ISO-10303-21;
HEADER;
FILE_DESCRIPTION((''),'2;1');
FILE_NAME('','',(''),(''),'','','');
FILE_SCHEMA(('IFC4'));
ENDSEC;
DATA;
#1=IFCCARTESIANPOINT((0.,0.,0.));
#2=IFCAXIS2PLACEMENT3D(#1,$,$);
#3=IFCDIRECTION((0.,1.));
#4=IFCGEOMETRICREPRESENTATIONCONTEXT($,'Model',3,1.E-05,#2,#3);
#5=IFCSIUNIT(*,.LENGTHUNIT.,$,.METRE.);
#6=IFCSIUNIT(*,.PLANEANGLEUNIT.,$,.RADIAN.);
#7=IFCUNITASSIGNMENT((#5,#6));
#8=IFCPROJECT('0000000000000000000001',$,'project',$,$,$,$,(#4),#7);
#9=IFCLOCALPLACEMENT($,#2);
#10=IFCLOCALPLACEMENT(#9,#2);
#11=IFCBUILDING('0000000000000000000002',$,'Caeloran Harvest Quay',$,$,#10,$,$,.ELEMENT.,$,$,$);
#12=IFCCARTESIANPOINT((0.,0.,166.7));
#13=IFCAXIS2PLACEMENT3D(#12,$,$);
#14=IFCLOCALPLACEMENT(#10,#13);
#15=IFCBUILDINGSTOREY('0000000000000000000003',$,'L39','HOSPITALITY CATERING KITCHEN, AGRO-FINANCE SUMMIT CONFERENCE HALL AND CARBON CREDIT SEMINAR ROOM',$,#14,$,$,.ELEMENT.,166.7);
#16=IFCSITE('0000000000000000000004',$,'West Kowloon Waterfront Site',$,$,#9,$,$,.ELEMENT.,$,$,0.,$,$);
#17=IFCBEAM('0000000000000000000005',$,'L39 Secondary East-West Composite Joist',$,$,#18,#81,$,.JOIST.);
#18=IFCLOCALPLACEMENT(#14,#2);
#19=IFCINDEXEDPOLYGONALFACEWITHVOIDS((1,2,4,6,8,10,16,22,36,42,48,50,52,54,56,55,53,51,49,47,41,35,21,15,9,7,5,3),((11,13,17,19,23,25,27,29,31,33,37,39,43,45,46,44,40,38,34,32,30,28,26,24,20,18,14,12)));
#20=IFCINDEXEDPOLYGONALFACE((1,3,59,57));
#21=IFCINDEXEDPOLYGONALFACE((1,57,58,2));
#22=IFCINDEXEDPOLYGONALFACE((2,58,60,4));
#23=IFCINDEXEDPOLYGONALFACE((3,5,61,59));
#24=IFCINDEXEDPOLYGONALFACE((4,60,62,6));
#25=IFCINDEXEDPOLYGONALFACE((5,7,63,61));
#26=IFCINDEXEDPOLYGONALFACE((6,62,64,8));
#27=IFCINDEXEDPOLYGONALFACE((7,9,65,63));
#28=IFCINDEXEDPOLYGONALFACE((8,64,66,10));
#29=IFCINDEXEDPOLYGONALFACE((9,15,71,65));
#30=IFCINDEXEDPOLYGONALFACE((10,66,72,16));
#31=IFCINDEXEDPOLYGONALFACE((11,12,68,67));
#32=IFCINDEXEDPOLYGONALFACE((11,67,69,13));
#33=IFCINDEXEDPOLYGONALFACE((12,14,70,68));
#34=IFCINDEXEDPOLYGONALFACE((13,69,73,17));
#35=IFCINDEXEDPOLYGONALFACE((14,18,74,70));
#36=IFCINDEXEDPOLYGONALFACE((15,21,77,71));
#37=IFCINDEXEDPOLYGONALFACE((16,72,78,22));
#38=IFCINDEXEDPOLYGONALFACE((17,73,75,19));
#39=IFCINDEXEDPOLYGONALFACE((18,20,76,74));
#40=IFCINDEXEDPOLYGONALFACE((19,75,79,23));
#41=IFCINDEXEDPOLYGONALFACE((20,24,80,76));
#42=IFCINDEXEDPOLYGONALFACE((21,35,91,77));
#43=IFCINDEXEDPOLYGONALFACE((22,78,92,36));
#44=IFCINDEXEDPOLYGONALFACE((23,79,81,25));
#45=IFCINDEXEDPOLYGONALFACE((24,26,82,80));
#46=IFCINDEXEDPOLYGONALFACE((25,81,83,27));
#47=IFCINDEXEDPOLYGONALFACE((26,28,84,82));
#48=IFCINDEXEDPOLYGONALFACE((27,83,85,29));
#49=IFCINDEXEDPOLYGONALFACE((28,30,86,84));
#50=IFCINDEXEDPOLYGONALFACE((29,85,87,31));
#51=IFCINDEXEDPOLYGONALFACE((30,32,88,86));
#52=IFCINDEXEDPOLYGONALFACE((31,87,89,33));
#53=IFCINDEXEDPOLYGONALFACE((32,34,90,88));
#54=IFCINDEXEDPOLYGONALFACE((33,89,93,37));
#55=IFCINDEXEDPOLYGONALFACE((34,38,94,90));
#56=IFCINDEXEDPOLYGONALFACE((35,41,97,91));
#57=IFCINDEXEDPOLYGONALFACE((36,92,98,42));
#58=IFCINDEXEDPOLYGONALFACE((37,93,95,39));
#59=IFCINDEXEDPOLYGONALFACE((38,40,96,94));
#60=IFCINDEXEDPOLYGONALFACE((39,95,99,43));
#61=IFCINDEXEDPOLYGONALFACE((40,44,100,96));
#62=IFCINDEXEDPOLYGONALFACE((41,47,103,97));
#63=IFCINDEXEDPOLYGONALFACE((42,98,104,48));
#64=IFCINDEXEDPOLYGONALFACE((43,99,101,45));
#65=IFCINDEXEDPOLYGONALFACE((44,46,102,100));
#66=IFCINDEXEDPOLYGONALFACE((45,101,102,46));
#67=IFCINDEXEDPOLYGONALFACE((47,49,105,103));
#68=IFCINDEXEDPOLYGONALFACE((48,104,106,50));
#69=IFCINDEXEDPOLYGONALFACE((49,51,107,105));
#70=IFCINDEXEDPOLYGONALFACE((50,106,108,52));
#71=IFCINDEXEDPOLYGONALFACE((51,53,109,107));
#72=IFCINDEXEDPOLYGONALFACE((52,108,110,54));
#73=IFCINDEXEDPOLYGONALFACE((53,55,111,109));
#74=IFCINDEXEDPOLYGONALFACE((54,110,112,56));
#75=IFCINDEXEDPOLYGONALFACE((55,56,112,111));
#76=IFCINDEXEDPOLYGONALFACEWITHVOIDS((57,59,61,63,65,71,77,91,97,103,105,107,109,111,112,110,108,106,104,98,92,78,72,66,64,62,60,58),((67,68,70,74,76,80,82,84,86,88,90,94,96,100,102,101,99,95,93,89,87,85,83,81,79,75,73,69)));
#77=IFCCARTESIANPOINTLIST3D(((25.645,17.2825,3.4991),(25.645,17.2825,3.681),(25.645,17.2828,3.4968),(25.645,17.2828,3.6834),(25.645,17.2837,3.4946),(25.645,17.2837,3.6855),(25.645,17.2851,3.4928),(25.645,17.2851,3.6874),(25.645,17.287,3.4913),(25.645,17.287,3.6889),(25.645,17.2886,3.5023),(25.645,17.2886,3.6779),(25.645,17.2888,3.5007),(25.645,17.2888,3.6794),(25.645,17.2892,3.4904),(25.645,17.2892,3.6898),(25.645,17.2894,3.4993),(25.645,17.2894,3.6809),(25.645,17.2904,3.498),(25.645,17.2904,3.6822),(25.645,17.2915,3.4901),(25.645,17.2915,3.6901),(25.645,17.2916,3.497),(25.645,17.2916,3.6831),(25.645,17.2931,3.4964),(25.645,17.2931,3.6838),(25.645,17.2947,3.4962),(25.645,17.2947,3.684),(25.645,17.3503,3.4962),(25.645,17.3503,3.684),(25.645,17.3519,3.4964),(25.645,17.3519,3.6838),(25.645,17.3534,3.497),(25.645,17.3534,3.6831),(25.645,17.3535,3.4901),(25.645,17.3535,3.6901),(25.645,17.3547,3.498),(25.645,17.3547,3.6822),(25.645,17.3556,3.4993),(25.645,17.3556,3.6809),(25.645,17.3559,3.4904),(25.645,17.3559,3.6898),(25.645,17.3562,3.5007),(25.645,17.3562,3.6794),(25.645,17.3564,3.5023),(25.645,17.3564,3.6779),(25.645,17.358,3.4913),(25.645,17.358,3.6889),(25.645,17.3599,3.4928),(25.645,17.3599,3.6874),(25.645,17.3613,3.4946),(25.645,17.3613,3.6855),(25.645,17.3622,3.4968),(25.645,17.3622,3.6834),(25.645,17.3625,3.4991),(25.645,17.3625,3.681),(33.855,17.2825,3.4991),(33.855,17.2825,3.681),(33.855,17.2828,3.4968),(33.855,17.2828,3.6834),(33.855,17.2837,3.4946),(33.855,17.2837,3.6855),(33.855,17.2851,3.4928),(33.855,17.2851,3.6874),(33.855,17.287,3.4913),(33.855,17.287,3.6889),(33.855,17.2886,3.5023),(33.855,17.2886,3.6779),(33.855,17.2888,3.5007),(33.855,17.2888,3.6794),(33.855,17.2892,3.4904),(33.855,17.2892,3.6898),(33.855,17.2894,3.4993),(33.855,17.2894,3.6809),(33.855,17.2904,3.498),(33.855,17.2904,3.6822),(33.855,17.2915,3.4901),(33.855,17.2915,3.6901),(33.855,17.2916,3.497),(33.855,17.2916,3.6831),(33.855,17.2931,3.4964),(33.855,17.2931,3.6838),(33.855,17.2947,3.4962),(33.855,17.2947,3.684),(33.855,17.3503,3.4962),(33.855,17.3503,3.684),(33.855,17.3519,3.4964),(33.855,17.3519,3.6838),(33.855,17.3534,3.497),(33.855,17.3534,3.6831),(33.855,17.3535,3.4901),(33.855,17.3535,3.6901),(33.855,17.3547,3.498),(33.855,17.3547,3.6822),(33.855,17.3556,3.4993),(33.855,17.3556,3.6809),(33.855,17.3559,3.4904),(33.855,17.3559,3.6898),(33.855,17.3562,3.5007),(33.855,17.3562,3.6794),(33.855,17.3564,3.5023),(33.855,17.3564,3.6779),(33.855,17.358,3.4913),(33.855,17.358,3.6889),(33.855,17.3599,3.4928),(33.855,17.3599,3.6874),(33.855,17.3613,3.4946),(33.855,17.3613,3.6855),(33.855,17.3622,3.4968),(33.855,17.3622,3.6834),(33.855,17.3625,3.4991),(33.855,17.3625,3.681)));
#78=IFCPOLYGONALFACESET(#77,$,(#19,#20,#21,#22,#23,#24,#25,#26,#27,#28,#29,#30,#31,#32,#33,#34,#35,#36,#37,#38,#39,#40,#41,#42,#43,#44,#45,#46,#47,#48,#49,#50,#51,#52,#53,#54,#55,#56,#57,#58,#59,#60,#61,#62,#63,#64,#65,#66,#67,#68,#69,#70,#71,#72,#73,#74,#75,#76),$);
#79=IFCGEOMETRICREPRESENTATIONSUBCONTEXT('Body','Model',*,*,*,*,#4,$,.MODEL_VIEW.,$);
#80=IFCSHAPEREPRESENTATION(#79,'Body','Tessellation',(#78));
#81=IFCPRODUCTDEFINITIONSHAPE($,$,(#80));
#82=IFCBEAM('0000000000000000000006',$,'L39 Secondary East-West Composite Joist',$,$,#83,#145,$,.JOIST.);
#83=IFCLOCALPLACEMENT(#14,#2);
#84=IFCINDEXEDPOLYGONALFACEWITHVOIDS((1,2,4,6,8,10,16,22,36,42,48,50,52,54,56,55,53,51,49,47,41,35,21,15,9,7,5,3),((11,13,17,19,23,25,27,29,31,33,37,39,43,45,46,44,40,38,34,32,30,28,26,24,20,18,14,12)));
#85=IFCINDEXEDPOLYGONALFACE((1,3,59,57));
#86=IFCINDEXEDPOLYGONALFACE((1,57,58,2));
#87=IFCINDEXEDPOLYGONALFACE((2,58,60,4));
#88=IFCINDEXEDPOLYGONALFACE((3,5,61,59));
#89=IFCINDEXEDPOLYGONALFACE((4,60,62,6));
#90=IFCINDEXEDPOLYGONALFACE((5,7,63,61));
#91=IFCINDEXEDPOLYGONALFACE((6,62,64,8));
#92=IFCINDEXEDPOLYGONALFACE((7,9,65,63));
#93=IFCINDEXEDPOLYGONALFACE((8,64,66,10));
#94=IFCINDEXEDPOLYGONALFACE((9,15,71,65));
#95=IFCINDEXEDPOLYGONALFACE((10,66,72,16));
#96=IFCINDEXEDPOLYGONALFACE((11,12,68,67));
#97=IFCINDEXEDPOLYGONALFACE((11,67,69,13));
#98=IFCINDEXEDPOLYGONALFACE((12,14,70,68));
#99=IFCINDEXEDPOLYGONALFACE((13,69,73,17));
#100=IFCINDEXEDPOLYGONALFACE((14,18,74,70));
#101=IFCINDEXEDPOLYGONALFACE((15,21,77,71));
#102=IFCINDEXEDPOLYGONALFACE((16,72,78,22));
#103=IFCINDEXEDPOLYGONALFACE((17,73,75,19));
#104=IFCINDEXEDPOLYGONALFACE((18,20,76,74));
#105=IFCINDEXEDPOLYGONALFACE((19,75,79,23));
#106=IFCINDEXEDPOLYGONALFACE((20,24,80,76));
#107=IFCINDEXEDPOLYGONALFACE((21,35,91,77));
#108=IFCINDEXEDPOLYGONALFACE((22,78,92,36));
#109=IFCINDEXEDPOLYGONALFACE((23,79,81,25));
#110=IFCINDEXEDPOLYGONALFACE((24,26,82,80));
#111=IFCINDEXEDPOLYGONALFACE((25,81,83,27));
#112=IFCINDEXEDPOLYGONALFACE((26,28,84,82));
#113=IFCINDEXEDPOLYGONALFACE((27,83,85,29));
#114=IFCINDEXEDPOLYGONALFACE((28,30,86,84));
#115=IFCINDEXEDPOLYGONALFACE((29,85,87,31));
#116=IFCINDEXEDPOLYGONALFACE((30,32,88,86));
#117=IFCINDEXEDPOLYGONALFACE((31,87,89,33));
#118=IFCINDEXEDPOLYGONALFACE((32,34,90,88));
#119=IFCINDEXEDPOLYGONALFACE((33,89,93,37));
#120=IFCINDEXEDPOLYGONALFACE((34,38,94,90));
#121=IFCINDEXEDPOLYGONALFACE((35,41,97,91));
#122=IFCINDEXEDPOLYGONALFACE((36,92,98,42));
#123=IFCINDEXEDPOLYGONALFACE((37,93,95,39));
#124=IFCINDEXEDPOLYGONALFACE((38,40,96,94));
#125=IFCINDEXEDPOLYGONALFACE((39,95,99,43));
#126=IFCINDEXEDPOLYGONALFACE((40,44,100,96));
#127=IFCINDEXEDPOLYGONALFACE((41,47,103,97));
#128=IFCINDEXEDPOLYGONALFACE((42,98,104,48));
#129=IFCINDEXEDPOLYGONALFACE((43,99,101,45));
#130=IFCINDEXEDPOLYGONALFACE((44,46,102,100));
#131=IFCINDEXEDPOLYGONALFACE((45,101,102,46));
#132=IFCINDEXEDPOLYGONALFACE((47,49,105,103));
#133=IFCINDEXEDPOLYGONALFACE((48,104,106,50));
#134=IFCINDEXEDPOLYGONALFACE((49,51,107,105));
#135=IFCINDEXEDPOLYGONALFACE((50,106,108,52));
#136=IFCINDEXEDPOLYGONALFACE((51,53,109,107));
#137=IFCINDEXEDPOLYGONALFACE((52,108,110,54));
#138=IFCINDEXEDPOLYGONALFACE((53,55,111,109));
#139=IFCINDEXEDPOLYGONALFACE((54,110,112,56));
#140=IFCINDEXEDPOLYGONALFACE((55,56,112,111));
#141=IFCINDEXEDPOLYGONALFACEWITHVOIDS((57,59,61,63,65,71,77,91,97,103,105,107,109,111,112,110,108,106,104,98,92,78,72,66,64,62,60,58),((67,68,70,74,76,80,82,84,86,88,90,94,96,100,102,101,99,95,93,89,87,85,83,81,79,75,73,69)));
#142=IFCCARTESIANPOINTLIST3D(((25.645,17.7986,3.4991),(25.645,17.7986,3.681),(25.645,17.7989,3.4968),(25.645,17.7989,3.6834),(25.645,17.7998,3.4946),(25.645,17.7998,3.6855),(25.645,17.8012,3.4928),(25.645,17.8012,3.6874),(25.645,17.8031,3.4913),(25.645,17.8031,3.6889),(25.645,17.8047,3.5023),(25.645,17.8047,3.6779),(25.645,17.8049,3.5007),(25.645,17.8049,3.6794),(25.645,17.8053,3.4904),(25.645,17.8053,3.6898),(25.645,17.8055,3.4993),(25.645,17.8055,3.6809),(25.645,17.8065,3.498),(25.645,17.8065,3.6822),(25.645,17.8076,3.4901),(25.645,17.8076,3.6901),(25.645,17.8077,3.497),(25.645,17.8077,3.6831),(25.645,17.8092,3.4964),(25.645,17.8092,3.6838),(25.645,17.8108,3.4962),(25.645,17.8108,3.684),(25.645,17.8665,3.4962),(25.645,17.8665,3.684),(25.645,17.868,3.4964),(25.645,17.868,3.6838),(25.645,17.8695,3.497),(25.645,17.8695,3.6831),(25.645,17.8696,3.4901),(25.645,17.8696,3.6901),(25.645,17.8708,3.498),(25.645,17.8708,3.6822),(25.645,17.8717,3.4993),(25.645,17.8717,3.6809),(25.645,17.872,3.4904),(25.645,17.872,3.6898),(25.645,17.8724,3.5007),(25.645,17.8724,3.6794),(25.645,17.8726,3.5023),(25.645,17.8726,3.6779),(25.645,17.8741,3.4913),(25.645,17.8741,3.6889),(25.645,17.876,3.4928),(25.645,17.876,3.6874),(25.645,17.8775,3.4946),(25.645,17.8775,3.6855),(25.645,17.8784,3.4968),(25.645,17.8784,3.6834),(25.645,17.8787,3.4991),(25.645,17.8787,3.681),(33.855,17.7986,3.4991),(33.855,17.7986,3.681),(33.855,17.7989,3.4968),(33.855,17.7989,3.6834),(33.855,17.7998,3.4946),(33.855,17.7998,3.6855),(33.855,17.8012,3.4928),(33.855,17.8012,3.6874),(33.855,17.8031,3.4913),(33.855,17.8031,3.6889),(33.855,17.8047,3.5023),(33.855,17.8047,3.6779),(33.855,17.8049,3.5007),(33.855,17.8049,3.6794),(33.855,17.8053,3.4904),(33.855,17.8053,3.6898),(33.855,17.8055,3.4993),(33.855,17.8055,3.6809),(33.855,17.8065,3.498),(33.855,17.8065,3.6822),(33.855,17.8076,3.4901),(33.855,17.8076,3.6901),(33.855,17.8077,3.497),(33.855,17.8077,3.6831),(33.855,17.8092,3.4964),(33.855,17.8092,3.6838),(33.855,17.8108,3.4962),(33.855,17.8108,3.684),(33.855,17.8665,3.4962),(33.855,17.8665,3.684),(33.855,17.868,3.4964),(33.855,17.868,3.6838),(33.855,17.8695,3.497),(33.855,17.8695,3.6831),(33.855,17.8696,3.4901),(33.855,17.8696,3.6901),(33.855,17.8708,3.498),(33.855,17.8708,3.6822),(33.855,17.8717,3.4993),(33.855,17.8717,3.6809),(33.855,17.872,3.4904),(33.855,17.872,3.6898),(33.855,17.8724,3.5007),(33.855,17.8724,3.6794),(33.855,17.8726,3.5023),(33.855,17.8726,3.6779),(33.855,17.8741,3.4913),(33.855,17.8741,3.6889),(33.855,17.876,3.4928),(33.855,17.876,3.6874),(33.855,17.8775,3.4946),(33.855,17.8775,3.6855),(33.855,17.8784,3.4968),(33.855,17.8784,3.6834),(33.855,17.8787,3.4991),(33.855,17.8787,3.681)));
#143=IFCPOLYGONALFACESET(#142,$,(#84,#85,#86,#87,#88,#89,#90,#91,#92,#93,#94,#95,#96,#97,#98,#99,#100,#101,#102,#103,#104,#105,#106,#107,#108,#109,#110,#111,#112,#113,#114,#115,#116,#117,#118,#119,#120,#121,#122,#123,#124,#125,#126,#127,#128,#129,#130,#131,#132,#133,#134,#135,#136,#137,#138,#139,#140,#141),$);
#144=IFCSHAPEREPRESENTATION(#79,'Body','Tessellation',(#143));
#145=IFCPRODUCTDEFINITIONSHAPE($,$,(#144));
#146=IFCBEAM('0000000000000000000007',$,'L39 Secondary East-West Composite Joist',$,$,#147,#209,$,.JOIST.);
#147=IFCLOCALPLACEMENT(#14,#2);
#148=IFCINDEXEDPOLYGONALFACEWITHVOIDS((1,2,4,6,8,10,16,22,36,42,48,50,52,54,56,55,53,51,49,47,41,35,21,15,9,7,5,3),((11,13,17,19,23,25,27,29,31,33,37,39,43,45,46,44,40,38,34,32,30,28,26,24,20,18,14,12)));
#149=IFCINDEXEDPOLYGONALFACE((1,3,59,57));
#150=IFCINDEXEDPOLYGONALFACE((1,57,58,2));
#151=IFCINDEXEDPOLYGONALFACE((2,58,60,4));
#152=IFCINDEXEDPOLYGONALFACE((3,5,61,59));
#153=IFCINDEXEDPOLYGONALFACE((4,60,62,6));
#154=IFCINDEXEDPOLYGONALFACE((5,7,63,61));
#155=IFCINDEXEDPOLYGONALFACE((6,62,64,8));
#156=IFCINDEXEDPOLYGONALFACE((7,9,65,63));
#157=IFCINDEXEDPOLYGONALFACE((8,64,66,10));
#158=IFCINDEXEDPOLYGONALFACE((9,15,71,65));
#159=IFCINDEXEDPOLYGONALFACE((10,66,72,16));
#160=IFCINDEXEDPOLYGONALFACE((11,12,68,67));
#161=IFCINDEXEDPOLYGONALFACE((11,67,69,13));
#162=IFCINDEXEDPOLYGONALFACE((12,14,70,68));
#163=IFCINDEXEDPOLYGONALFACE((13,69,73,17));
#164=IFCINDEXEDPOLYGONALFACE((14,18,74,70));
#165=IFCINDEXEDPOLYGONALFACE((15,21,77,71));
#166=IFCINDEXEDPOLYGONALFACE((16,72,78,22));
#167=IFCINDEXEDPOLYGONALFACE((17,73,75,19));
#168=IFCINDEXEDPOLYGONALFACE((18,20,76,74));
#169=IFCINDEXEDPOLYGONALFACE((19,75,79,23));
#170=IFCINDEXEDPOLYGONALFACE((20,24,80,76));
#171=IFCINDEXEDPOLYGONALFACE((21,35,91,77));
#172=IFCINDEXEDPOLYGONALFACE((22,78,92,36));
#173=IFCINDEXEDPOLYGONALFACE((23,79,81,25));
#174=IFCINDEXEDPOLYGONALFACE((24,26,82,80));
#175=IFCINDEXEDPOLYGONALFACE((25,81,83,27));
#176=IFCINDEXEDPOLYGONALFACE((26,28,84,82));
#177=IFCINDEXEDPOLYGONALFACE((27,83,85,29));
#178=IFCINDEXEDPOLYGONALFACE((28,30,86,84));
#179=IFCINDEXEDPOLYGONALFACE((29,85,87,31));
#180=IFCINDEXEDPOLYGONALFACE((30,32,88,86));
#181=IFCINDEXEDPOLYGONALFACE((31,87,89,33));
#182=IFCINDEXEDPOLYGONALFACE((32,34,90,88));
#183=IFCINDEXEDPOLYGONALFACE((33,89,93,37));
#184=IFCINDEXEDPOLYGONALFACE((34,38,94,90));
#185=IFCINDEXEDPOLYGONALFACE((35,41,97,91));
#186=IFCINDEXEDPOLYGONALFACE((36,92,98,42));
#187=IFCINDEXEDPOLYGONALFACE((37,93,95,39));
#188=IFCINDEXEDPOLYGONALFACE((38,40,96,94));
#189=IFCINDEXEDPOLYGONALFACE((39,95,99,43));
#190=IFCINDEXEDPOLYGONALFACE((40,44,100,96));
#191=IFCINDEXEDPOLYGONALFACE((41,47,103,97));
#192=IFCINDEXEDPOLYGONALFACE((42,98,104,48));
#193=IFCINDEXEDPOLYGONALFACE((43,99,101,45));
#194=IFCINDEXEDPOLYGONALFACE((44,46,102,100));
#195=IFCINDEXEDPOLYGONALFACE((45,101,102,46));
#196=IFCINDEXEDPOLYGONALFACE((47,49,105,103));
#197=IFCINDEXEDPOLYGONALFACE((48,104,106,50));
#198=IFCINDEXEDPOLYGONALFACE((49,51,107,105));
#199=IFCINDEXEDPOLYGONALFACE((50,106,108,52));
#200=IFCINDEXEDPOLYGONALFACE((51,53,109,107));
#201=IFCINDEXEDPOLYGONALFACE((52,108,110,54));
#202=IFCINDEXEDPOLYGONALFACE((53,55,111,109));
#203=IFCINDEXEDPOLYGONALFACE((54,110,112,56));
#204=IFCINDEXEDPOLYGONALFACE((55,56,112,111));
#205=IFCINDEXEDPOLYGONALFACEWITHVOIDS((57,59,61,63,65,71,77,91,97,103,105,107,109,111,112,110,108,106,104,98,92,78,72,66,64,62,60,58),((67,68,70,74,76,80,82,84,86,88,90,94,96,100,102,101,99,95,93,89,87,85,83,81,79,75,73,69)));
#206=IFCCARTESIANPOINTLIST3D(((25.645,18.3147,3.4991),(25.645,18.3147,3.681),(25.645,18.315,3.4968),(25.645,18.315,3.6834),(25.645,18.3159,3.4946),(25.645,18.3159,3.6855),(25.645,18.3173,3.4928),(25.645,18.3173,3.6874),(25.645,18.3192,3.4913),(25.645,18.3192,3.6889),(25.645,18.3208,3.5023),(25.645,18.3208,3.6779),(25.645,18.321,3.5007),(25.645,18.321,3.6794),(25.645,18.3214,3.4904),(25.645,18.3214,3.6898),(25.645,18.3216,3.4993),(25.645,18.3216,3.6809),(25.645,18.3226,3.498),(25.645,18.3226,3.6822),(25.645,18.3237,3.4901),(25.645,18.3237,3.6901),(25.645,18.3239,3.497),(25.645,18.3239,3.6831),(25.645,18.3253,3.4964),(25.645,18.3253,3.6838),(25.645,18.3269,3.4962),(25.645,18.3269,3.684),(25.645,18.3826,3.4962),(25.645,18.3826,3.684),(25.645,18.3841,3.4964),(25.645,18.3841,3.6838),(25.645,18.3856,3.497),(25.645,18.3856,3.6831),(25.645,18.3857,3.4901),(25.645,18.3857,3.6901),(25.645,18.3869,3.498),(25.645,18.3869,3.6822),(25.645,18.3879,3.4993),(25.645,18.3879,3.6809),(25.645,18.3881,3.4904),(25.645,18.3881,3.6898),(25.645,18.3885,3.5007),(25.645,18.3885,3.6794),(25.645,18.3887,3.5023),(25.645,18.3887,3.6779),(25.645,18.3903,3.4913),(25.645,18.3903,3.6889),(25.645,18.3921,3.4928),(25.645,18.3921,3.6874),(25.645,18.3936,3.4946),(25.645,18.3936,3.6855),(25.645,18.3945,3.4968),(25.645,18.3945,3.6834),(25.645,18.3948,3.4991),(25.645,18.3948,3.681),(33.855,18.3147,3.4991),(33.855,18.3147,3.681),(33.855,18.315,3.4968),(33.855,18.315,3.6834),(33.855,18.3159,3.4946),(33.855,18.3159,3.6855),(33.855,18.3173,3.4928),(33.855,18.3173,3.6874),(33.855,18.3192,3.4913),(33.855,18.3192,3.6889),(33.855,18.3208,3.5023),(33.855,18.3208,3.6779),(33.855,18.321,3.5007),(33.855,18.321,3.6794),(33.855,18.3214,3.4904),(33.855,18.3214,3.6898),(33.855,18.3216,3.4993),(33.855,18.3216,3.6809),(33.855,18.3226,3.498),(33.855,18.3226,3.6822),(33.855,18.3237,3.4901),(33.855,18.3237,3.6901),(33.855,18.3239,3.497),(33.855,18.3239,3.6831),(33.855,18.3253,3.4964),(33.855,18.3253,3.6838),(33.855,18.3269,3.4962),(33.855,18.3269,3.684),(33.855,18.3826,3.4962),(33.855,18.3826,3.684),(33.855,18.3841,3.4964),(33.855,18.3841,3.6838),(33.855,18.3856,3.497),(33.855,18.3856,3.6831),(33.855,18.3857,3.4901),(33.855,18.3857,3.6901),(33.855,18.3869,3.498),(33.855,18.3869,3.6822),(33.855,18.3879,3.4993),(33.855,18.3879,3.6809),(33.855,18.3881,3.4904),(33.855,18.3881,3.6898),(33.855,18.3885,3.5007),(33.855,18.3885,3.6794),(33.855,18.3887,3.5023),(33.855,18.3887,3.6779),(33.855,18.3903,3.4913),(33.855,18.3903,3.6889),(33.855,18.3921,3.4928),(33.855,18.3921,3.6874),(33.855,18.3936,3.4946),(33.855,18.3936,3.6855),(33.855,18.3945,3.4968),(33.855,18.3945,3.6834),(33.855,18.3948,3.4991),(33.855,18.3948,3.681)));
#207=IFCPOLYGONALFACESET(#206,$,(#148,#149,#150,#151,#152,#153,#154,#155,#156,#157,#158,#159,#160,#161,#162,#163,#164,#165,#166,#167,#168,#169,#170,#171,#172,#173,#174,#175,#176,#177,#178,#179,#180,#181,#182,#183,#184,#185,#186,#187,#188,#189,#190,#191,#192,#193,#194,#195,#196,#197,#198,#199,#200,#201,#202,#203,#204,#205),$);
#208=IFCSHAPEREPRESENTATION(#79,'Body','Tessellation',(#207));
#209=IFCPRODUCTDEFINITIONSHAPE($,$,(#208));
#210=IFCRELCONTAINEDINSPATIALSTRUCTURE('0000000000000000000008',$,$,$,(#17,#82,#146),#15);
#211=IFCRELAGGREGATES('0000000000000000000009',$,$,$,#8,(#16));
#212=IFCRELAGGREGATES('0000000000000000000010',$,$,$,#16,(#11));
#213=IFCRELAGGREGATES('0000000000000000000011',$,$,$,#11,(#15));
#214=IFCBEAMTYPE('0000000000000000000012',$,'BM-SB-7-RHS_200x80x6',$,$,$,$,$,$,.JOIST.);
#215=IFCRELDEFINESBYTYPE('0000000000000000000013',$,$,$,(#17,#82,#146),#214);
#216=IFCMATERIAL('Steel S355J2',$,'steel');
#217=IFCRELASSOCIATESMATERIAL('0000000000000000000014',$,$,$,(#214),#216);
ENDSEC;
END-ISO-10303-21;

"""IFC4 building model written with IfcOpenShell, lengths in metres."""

from ifc_helpers import new_model, si_unit, direction, frame, origin, origin_2d, place, context, subcontext, project, spatial, hollow_rectangle, extrude, material, material_profile, profile_set, type_object, element, save


model = new_model("IFC4")

# Units and contexts
model_context = context("Model", 3, precision=1e-05, world=origin(), true_north=direction((0.0, 1.0)))
body_context = subcontext(model_context, "Body", "Model", "MODEL_VIEW")
ifc_project = project(units=[si_unit("LENGTHUNIT", "METRE"), si_unit("PLANEANGLEUNIT", "RADIAN")], contexts=[model_context])

# Site, building, storey
site_placement = place(None, origin())
site = spatial("IfcSite", under=ifc_project, at=site_placement, Name="West Kowloon Waterfront Site", CompositionType="ELEMENT", RefElevation=0.0)
building_placement = place(site_placement, origin())
building = spatial("IfcBuilding", under=site, at=building_placement, Name="Caeloran Harvest Quay", CompositionType="ELEMENT")
storey_placement = place(building_placement, frame((0.0, 0.0, 166.7)))
storey = spatial("IfcBuildingStorey", under=building, at=storey_placement, Name="L39", Description="HOSPITALITY CATERING KITCHEN, AGRO-FINANCE SUMMIT CONFERENCE HALL AND CARBON CREDIT SEMINAR ROOM", CompositionType="ELEMENT", Elevation=166.7)

# Beams
ifc_material_1 = material(Name="Steel S355J2", Category="steel")
ifc_material_profile_1 = material_profile(ifc_material_1, hollow_rectangle(XDim=0.0801, YDim=0.2, WallThickness=0.0061, InnerFilletRadius=0.0061, OuterFilletRadius=0.009, at=origin_2d()), Name="RHS 200x80x6")
ifc_profile_set_1 = profile_set([ifc_material_profile_1], Name="Steel S355J2")
beam_type_1 = type_object("IfcBeamType", Name="BM-SB-7-RHS_200x80x6", PredefinedType="JOIST", material=ifc_profile_set_1)
for number, where, z_axis, x_axis, name in (
    (1, (25.645, 17.3225, 3.5901), (1.0, 0.0, 0.0), (0.0, 1.0, 0.0), "L39 Secondary East-West Composite Joist"),
    (2, (25.645, 17.8386, 3.5901), (1.0, 0.0, 0.0), (0.0, 1.0, 0.0), "L39 Secondary East-West Composite Joist"),
    (3, (25.645, 18.3547, 3.5901), (1.0, 0.0, 0.0), (0.0, 1.0, 0.0), "L39 Secondary East-West Composite Joist"),
):
    element("IfcBeam", number, at=place(storey_placement, frame(where, z_axis=z_axis, x_axis=x_axis)), inside=storey, type_object=beam_type_1, Name=name, PredefinedType="JOIST", context=body_context, shape_type="SweptSolid", body=[
        extrude(hollow_rectangle(XDim=0.0801, YDim=0.2, WallThickness=0.0061, InnerFilletRadius=0.0061, OuterFilletRadius=0.009, at=origin_2d()), origin(), (0.0, 0.0, 1.0), 8.21),
    ])

save(model, "model.ifc")
